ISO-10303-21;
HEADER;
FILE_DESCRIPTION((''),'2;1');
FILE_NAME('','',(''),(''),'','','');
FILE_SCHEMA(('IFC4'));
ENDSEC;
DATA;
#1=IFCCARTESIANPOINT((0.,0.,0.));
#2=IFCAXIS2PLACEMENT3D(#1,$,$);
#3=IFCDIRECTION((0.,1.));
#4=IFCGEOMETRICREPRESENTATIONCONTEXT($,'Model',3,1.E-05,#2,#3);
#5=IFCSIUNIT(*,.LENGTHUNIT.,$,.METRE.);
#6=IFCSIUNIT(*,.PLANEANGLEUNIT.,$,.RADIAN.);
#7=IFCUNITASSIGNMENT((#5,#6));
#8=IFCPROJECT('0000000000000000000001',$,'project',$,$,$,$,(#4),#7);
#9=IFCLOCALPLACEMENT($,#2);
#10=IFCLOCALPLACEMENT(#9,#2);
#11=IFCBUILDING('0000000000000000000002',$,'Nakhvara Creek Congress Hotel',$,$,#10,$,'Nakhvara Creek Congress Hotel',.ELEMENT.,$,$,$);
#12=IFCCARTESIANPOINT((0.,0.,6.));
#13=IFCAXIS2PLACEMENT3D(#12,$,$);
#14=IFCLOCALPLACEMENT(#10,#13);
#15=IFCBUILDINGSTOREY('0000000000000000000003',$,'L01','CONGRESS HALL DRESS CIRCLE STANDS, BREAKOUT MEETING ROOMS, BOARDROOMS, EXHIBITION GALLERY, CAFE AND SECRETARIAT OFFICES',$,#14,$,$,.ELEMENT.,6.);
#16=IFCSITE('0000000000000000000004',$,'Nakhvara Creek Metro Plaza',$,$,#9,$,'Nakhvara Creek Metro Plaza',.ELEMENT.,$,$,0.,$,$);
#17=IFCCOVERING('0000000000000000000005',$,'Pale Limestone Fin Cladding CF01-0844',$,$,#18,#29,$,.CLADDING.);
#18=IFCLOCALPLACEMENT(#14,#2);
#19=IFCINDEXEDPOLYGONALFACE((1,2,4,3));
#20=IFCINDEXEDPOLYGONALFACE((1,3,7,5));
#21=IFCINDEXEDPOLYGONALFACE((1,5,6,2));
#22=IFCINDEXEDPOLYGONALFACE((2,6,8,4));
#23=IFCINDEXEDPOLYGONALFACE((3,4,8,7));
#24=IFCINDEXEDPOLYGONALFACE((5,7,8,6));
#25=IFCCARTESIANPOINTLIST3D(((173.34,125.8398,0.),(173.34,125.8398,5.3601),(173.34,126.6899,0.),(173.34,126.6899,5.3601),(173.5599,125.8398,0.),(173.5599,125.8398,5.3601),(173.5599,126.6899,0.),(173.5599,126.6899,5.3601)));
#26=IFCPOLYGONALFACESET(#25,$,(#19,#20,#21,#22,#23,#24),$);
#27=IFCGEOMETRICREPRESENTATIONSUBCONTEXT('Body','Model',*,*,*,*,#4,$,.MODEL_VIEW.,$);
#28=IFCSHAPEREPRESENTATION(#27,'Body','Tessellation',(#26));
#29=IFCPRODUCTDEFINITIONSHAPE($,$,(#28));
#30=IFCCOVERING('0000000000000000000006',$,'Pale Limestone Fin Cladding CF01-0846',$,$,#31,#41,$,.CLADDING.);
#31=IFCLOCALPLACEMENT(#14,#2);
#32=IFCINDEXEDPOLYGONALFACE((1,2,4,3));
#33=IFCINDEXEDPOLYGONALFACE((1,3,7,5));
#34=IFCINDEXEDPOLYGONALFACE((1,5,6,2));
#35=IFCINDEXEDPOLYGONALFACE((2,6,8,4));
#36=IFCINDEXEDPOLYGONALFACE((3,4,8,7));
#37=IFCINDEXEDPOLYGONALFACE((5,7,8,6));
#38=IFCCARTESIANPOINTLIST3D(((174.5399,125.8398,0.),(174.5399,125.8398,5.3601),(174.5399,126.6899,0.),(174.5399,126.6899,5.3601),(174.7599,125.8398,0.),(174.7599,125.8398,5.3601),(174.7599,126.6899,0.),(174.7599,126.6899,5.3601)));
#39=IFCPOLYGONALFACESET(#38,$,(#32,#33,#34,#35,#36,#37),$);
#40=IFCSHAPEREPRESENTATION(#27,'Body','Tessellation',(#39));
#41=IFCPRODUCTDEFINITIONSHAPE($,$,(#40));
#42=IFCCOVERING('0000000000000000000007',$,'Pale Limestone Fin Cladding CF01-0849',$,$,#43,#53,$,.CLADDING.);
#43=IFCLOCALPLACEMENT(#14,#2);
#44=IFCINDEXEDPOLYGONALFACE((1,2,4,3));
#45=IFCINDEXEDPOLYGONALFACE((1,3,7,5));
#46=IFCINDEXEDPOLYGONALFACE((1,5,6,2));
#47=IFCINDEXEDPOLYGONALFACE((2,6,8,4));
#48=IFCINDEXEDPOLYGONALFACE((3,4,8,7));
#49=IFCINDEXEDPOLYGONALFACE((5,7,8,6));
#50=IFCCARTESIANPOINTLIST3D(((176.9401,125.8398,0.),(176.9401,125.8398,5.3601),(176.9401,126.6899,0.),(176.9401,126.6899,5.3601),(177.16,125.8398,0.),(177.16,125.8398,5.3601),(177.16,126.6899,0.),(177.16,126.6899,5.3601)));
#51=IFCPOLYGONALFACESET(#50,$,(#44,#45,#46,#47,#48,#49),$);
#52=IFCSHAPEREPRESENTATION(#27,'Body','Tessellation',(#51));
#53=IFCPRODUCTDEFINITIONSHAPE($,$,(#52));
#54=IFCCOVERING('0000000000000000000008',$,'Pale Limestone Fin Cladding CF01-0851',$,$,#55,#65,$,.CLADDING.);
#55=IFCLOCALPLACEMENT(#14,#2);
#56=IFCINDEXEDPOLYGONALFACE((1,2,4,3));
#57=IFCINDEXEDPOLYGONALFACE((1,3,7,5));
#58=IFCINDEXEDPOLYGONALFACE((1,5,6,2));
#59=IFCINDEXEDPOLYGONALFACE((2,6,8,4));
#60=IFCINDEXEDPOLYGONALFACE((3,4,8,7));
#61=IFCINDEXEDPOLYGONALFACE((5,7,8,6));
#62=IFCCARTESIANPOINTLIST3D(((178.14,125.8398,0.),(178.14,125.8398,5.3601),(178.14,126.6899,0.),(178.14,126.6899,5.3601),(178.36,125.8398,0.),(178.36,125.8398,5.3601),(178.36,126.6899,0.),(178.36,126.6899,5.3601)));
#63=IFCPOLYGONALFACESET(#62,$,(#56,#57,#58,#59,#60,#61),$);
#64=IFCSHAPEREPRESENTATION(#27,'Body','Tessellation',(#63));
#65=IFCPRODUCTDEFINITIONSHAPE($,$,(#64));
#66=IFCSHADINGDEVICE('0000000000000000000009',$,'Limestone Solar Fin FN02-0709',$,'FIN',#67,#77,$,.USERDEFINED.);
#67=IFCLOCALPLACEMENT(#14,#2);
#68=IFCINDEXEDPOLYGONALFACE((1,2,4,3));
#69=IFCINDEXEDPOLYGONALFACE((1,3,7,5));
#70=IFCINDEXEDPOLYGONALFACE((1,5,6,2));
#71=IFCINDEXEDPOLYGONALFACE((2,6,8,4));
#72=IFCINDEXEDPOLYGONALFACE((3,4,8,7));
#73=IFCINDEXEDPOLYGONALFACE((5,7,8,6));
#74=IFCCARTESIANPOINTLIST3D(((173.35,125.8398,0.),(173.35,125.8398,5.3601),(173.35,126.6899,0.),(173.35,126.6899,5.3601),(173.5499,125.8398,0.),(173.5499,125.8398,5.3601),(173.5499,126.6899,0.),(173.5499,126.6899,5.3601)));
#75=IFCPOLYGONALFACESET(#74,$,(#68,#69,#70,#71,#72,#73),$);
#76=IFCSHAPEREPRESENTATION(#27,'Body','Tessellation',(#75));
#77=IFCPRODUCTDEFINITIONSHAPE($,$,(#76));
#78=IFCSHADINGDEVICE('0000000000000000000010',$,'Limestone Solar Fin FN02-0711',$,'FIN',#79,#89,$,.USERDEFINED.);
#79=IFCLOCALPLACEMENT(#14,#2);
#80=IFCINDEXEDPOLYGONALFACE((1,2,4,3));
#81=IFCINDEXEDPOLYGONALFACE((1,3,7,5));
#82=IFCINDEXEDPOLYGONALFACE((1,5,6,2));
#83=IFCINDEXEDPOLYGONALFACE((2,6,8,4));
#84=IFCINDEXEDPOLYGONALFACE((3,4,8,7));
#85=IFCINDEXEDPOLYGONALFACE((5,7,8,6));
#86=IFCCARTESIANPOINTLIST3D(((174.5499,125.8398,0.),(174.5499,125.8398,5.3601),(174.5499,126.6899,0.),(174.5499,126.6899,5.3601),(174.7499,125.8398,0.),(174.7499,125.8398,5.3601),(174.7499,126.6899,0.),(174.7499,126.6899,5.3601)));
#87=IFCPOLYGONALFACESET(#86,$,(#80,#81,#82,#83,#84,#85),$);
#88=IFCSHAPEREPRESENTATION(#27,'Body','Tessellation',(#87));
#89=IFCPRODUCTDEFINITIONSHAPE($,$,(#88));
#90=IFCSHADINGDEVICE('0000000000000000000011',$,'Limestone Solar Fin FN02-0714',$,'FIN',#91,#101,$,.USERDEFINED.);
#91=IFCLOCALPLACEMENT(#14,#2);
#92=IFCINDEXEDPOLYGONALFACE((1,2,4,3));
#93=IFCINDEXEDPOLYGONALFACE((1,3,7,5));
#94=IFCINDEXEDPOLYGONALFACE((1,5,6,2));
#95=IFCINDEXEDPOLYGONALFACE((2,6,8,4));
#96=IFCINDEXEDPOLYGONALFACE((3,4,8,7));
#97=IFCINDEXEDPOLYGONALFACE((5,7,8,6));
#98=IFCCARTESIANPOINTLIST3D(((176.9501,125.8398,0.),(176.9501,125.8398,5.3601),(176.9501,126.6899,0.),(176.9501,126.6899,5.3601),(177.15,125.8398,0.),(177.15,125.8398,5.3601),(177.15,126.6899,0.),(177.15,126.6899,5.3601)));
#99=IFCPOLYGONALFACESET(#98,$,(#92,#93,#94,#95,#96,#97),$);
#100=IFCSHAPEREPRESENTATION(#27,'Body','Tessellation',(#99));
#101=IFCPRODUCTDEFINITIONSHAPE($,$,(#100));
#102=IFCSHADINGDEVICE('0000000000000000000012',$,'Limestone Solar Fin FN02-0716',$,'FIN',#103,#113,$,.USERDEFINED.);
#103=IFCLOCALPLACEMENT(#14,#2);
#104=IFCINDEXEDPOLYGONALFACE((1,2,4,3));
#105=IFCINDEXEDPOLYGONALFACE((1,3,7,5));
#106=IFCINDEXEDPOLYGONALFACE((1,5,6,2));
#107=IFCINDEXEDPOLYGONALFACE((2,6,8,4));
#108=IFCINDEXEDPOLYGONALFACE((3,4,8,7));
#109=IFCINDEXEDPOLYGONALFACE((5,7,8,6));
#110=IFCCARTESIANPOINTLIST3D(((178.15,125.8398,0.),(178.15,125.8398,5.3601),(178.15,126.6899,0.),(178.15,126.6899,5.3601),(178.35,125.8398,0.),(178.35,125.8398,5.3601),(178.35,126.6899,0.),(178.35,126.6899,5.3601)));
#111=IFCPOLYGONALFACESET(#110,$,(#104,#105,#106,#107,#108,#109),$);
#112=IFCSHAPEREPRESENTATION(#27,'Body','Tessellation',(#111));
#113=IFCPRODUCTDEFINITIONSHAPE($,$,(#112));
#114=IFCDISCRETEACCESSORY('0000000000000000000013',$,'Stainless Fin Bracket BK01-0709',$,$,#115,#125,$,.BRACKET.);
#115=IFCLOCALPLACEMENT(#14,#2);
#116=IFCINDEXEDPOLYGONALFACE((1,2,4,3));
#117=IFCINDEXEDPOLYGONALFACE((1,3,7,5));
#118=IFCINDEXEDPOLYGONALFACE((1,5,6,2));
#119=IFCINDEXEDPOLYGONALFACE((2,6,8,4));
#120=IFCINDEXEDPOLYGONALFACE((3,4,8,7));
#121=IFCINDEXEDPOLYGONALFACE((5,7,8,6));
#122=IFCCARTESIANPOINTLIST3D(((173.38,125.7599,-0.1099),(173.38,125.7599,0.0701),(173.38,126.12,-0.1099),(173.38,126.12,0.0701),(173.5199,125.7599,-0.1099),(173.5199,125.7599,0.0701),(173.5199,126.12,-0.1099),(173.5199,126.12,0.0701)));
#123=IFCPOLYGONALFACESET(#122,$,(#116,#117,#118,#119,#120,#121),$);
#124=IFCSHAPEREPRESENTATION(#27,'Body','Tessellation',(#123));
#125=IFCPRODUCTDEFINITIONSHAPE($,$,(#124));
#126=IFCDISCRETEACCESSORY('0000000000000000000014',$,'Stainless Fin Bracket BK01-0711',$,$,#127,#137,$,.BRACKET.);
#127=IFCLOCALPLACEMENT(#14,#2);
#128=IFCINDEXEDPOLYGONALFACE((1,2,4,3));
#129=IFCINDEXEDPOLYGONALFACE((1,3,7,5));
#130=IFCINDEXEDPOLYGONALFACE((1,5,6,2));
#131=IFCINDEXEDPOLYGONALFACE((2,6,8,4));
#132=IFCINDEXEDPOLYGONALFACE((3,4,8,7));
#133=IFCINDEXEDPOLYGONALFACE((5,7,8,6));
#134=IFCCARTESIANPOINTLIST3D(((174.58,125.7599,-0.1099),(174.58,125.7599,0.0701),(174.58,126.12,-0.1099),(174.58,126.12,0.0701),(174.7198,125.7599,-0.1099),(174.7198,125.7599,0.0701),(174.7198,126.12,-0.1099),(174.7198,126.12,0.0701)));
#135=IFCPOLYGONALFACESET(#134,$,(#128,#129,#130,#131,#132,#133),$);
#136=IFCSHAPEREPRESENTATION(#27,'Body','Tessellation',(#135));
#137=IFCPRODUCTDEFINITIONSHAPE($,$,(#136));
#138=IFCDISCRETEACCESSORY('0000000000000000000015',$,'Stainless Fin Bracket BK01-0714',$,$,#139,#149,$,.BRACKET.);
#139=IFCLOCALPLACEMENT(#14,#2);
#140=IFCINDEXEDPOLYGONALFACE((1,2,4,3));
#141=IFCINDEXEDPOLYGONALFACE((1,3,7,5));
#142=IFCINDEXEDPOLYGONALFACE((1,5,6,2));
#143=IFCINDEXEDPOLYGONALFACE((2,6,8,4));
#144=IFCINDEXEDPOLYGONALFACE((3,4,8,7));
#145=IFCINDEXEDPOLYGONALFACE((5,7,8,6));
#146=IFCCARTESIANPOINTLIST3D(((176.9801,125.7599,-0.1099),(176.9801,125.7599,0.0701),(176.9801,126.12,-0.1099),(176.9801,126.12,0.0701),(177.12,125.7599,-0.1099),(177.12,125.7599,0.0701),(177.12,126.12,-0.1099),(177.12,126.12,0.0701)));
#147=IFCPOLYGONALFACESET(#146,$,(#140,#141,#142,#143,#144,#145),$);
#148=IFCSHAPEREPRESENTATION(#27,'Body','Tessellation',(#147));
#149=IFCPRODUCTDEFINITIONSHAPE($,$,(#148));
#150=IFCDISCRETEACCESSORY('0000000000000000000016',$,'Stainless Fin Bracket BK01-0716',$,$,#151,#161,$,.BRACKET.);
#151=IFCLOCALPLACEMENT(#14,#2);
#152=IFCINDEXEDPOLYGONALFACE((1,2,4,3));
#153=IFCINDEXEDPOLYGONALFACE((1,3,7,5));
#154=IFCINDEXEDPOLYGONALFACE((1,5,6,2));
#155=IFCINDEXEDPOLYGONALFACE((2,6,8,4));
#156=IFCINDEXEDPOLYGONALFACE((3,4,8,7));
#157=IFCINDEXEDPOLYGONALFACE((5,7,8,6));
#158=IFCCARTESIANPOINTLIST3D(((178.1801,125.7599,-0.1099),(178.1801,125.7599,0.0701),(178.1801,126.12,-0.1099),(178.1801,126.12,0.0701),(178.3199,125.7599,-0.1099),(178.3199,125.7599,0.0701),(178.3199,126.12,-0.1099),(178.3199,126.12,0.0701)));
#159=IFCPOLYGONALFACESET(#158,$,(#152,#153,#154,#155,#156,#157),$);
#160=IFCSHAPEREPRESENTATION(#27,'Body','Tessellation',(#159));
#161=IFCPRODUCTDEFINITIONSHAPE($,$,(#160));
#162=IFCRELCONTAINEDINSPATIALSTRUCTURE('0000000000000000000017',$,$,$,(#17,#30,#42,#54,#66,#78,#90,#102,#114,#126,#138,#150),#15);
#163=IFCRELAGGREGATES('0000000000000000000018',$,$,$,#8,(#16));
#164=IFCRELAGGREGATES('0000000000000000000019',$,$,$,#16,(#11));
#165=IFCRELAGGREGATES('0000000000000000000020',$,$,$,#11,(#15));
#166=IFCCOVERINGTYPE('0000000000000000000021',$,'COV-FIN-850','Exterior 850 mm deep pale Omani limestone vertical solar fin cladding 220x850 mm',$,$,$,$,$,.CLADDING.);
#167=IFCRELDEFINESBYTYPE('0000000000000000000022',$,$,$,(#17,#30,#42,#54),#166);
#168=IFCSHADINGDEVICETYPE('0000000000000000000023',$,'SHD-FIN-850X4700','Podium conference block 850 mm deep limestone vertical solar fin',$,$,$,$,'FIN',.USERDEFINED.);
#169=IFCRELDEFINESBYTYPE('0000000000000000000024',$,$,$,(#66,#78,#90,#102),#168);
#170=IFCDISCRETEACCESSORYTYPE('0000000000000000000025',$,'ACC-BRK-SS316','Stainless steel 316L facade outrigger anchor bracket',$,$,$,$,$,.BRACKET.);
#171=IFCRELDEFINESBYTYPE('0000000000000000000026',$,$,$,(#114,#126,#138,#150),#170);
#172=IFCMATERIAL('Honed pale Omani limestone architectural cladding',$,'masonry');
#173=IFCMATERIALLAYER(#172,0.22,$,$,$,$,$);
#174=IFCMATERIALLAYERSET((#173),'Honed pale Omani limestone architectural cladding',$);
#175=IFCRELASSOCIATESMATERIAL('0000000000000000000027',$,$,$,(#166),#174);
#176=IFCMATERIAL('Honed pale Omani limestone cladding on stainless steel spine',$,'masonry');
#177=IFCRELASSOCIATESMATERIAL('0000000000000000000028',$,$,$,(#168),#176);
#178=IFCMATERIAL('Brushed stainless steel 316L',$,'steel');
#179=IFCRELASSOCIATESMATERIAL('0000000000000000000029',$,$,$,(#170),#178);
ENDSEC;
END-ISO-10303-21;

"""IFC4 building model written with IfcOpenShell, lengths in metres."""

from ifc_helpers import new_model, si_unit, direction, frame, origin, origin_2d, place, context, subcontext, project, spatial, rectangle, extrude, material, layer, layer_set, type_object, element, save


model = new_model("IFC4")

# Units and contexts
model_context = context("Model", 3, precision=1e-05, world=origin(), true_north=direction((0.0, 1.0)))
body_context = subcontext(model_context, "Body", "Model", "MODEL_VIEW")
ifc_project = project(units=[si_unit("LENGTHUNIT", "METRE"), si_unit("PLANEANGLEUNIT", "RADIAN")], contexts=[model_context])

# Site, building, storey
site_placement = place(None, origin())
site = spatial("IfcSite", under=ifc_project, at=site_placement, Name="Nakhvara Creek Metro Plaza", LongName="Nakhvara Creek Metro Plaza", CompositionType="ELEMENT", RefElevation=0.0)
building_placement = place(site_placement, origin())
building = spatial("IfcBuilding", under=site, at=building_placement, Name="Nakhvara Creek Congress Hotel", LongName="Nakhvara Creek Congress Hotel", CompositionType="ELEMENT")
storey_placement = place(building_placement, frame((0.0, 0.0, 6.0)))
storey = spatial("IfcBuildingStorey", under=building, at=storey_placement, Name="L01", Description="CONGRESS HALL DRESS CIRCLE STANDS, BREAKOUT MEETING ROOMS, BOARDROOMS, EXHIBITION GALLERY, CAFE AND SECRETARIAT OFFICES", CompositionType="ELEMENT", Elevation=6.0)

# Coverings
ifc_material_1 = material(Name="Honed pale Omani limestone architectural cladding", Category="masonry")
ifc_layer_1 = layer(ifc_material_1, 0.22)
ifc_layer_set_1 = layer_set([ifc_layer_1], Name="Honed pale Omani limestone architectural cladding")
covering_type = type_object("IfcCoveringType", Name="COV-FIN-850", Description="Exterior 850 mm deep pale Omani limestone vertical solar fin cladding 220x850 mm", PredefinedType="CLADDING", material=ifc_layer_set_1)
for number, where, z_axis, x_axis, name in (
    (1, (173.45, 126.2649, 0.0), (0.0, 0.0, 1.0), (1.0, 0.0, 0.0), "Pale Limestone Fin Cladding CF01-0844"),
    (2, (174.6499, 126.2649, 0.0), (0.0, 0.0, 1.0), (1.0, 0.0, 0.0), "Pale Limestone Fin Cladding CF01-0846"),
    (3, (177.05, 126.2649, 0.0), (0.0, 0.0, 1.0), (1.0, 0.0, 0.0), "Pale Limestone Fin Cladding CF01-0849"),
    (4, (178.25, 126.2649, 0.0), (0.0, 0.0, 1.0), (1.0, 0.0, 0.0), "Pale Limestone Fin Cladding CF01-0851"),
):
    element("IfcCovering", number, at=place(storey_placement, frame(where, z_axis=z_axis, x_axis=x_axis)), inside=storey, type_object=covering_type, Name=name, PredefinedType="CLADDING", context=body_context, shape_type="SweptSolid", body=[
        extrude(rectangle(XDim=0.22, YDim=0.8501, at=origin_2d()), origin(), (0.0, 0.0, 1.0), 5.3601),
    ])

# Shading devices
ifc_material_2 = material(Name="Honed pale Omani limestone cladding on stainless steel spine", Category="masonry")
shading_device_type = type_object("IfcShadingDeviceType", Name="SHD-FIN-850X4700", Description="Podium conference block 850 mm deep limestone vertical solar fin", ElementType="FIN", PredefinedType="USERDEFINED", material=ifc_material_2)
for number, where, z_axis, x_axis, name in (
    (5, (173.45, 126.2649, 0.0), (0.0, 0.0, 1.0), (1.0, 0.0, 0.0), "Limestone Solar Fin FN02-0709"),
    (6, (174.6499, 126.2649, 0.0), (0.0, 0.0, 1.0), (1.0, 0.0, 0.0), "Limestone Solar Fin FN02-0711"),
    (7, (177.05, 126.2649, 0.0), (0.0, 0.0, 1.0), (1.0, 0.0, 0.0), "Limestone Solar Fin FN02-0714"),
    (8, (178.25, 126.2649, 0.0), (0.0, 0.0, 1.0), (1.0, 0.0, 0.0), "Limestone Solar Fin FN02-0716"),
):
    element("IfcShadingDevice", number, at=place(storey_placement, frame(where, z_axis=z_axis, x_axis=x_axis)), inside=storey, type_object=shading_device_type, Name=name, ObjectType="FIN", PredefinedType="USERDEFINED", context=body_context, shape_type="SweptSolid", body=[
        extrude(rectangle(XDim=0.2, YDim=0.8501, at=origin_2d()), origin(), (0.0, 0.0, 1.0), 5.3601),
    ])

# Discrete accessories
ifc_material_3 = material(Name="Brushed stainless steel 316L", Category="steel")
discrete_accessory_type = type_object("IfcDiscreteAccessoryType", Name="ACC-BRK-SS316", Description="Stainless steel 316L facade outrigger anchor bracket", PredefinedType="BRACKET", material=ifc_material_3)
for number, where, z_axis, x_axis, name in (
    (9, (173.45, 125.9399, -0.1099), (0.0, 0.0, 1.0), (1.0, 0.0, 0.0), "Stainless Fin Bracket BK01-0709"),
    (10, (174.6499, 125.9399, -0.1099), (0.0, 0.0, 1.0), (1.0, 0.0, 0.0), "Stainless Fin Bracket BK01-0711"),
    (11, (177.05, 125.9399, -0.1099), (0.0, 0.0, 1.0), (1.0, 0.0, 0.0), "Stainless Fin Bracket BK01-0714"),
    (12, (178.25, 125.9399, -0.1099), (0.0, 0.0, 1.0), (1.0, 0.0, 0.0), "Stainless Fin Bracket BK01-0716"),
):
    element("IfcDiscreteAccessory", number, at=place(storey_placement, frame(where, z_axis=z_axis, x_axis=x_axis)), inside=storey, type_object=discrete_accessory_type, Name=name, PredefinedType="BRACKET", context=body_context, shape_type="SweptSolid", body=[
        extrude(rectangle(XDim=0.1399, YDim=0.3601, at=origin_2d()), origin(), (0.0, 0.0, 1.0), 0.1799),
    ])

save(model, "model.ifc")
